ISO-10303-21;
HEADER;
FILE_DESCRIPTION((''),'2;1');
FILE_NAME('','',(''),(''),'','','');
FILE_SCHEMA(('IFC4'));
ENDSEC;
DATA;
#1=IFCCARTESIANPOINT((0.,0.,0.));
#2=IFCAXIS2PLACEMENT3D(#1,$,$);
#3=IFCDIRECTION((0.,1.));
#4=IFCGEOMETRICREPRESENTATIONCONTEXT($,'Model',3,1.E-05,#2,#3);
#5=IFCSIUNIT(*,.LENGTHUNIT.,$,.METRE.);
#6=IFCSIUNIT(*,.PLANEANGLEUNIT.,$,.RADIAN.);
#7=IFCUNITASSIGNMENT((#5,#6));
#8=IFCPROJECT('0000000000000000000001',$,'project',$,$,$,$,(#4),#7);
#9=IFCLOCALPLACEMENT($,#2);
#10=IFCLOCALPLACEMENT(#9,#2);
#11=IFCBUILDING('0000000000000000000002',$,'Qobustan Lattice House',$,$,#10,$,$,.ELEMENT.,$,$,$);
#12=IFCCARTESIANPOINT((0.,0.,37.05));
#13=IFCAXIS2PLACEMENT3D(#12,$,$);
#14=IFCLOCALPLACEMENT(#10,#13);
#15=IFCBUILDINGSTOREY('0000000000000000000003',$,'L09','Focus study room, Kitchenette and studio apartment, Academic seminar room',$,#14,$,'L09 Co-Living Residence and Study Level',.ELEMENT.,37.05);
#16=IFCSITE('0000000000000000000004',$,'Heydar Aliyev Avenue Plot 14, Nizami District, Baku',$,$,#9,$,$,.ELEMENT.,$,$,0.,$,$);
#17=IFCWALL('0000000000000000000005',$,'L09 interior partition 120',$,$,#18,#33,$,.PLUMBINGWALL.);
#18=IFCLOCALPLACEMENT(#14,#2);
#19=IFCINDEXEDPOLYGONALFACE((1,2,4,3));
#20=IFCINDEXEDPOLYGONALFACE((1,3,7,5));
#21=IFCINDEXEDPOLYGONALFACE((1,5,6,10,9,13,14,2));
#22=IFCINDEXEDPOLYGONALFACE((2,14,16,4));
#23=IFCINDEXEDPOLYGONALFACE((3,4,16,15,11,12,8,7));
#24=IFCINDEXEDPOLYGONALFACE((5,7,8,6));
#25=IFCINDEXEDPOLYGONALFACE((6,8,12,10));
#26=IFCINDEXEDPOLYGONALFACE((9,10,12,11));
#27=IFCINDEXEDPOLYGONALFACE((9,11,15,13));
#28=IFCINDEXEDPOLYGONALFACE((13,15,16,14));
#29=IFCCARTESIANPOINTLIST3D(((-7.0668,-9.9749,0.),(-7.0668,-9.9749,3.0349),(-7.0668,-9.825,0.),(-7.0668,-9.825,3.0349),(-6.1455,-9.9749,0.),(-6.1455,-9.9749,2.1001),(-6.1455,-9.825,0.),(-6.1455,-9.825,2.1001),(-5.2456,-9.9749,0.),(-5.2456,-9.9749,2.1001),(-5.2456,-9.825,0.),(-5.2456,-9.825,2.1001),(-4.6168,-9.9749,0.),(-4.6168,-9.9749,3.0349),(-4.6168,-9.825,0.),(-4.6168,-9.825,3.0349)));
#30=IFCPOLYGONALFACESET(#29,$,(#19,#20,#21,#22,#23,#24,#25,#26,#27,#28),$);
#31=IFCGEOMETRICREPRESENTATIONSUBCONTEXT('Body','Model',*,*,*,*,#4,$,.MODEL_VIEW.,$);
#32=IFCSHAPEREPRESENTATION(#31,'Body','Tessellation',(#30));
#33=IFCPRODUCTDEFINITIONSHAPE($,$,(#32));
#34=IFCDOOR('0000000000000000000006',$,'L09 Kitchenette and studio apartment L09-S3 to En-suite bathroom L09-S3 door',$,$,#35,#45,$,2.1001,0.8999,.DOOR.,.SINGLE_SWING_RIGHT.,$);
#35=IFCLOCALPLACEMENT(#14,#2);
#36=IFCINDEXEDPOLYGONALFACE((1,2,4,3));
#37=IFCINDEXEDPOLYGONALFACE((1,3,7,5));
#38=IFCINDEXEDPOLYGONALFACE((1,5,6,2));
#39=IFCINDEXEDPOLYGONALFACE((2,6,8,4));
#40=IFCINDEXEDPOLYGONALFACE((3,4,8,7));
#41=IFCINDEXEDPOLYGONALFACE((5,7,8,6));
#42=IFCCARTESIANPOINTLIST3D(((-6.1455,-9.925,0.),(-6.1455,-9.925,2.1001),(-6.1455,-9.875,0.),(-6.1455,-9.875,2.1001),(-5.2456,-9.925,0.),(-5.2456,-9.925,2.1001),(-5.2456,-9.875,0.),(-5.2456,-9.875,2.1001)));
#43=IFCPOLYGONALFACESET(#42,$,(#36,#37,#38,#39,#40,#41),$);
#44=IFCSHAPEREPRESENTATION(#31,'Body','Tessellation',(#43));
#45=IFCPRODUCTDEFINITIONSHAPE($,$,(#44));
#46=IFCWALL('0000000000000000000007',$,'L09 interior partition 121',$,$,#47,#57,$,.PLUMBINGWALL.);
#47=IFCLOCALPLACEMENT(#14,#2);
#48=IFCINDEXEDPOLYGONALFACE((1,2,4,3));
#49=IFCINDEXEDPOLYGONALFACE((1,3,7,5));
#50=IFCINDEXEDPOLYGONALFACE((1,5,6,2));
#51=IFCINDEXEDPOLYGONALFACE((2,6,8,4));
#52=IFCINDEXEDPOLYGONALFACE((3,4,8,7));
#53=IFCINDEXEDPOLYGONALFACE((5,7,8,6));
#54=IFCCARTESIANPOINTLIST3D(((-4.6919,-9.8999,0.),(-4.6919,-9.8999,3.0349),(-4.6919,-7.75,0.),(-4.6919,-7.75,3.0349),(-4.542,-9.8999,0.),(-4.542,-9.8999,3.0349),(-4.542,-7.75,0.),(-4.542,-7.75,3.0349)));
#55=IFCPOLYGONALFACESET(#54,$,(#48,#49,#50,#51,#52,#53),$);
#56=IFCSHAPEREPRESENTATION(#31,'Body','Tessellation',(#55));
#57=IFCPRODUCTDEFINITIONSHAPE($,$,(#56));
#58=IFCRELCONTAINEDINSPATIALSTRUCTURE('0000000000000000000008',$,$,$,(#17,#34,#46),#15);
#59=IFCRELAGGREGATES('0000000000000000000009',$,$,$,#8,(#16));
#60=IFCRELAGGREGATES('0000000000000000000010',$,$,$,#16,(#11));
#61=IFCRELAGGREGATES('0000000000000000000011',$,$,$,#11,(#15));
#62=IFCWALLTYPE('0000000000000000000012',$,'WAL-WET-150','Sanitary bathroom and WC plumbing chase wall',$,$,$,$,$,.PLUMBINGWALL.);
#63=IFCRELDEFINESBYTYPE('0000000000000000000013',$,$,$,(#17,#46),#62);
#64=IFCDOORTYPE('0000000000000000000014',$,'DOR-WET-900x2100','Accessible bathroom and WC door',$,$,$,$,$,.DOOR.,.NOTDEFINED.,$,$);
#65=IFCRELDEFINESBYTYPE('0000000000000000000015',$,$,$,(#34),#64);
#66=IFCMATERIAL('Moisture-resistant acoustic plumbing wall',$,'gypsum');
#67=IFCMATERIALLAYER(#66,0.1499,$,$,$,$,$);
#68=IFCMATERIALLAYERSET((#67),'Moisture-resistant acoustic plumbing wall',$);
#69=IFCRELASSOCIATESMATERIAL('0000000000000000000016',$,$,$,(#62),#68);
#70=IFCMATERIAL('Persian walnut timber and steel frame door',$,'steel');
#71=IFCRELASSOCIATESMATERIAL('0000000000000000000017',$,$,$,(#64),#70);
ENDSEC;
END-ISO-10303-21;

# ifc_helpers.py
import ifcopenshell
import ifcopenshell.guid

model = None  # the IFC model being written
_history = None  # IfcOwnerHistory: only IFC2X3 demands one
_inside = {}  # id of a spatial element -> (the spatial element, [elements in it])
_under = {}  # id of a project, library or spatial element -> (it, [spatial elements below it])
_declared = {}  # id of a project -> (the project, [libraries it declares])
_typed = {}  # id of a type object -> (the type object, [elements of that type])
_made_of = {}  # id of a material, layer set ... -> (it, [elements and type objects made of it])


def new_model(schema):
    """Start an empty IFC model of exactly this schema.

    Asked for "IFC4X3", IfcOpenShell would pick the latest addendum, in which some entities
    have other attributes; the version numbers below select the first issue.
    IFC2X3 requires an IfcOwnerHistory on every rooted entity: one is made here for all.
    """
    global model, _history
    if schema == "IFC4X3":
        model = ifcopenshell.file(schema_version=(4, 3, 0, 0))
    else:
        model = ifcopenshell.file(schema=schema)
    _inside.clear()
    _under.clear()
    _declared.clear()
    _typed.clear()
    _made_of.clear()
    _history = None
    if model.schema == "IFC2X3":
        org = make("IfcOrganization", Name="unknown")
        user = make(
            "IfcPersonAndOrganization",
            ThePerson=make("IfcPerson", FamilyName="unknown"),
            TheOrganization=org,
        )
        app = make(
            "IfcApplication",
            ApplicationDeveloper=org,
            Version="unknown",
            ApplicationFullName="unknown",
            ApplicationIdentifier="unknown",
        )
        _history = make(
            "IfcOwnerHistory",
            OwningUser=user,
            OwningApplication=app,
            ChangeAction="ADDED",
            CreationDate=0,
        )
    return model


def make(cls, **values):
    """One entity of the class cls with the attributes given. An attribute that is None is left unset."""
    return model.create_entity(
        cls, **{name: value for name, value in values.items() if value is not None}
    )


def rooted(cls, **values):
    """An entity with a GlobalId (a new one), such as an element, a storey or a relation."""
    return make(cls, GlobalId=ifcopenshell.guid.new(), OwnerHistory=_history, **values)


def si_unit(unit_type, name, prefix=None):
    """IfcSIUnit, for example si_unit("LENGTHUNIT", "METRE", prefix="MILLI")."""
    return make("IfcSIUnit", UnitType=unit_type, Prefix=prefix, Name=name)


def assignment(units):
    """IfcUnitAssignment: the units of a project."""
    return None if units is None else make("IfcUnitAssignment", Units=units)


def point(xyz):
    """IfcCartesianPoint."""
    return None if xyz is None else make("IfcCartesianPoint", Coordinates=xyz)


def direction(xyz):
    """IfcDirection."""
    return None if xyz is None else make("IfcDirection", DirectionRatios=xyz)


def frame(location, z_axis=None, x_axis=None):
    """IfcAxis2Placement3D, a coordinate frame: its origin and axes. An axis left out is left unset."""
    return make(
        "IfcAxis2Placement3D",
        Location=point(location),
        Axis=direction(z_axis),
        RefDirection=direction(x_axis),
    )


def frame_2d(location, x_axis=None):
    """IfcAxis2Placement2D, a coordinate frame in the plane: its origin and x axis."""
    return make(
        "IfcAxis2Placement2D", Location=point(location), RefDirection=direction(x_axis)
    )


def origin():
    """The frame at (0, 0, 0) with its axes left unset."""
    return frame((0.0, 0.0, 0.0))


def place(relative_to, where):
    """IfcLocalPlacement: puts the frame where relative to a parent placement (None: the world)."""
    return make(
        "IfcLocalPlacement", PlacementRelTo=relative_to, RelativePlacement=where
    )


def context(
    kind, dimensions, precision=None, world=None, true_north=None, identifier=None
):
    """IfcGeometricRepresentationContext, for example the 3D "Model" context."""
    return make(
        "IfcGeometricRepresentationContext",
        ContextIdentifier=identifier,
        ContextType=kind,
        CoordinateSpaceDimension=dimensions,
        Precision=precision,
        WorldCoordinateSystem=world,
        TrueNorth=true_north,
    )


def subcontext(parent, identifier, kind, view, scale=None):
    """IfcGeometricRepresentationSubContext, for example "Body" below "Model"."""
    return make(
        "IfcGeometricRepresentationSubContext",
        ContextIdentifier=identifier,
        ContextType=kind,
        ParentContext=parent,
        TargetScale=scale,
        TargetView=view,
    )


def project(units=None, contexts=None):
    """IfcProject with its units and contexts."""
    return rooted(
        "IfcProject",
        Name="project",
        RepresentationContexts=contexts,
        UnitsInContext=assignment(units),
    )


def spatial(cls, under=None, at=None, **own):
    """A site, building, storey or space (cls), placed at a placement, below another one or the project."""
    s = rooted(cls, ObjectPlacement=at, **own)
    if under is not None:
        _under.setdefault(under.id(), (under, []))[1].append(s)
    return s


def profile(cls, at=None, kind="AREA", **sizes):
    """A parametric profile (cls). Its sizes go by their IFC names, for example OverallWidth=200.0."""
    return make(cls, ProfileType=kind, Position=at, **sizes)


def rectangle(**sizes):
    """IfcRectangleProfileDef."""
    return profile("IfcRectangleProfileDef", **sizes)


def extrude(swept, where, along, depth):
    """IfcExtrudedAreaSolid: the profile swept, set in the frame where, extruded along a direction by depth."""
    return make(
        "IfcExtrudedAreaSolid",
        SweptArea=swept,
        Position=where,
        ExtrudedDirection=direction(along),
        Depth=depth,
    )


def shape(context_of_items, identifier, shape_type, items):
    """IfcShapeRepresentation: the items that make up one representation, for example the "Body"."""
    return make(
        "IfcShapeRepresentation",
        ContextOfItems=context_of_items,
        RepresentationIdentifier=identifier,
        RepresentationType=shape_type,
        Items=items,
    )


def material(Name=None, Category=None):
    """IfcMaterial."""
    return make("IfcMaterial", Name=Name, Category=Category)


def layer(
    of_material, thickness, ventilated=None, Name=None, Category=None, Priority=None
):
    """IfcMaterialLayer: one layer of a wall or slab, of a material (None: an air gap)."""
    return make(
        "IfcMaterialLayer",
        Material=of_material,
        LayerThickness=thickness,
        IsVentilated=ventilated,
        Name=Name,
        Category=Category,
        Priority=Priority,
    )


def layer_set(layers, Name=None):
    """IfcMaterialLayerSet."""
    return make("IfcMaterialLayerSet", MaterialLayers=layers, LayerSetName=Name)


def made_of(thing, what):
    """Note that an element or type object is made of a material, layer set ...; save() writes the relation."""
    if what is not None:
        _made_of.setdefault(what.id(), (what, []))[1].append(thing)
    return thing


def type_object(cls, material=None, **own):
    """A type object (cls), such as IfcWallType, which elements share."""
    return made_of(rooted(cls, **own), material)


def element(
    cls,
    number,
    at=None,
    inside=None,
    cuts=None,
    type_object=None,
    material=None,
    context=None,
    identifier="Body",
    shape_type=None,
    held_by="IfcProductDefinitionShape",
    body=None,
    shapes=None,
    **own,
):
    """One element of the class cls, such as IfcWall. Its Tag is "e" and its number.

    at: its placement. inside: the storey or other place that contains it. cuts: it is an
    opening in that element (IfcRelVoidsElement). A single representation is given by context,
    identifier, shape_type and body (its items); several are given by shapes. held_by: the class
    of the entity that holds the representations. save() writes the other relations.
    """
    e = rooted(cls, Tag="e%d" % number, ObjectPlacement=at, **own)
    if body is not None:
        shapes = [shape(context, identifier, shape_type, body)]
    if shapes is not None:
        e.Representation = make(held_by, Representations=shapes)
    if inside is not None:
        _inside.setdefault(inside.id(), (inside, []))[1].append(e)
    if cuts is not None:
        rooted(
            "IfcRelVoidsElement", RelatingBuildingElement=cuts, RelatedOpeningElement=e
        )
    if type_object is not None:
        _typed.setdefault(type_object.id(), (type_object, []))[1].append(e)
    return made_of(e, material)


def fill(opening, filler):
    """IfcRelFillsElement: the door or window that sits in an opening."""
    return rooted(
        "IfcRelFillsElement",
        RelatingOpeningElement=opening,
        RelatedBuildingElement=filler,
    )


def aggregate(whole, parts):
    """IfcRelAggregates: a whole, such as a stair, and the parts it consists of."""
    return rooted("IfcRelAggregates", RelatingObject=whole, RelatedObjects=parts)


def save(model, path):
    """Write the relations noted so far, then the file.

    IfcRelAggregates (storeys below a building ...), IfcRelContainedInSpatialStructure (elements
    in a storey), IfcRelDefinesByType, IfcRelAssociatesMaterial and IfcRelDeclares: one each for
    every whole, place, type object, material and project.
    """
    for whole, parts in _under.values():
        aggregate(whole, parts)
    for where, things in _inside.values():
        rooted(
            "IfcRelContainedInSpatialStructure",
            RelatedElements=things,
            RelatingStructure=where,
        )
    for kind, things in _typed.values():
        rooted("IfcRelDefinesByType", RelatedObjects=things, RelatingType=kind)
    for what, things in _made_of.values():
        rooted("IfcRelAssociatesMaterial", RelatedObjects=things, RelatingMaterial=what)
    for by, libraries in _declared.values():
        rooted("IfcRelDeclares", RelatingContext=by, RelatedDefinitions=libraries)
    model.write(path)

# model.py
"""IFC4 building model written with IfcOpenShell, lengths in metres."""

from ifc_helpers import new_model, si_unit, direction, frame, frame_2d, origin, place, context, subcontext, project, spatial, rectangle, extrude, material, layer, layer_set, type_object, element, fill, save


model = new_model("IFC4")

# Units and contexts
model_context = context("Model", 3, precision=1e-05, world=origin(), true_north=direction((0.0, 1.0)))
body_context = subcontext(model_context, "Body", "Model", "MODEL_VIEW")
ifc_project = project(units=[si_unit("LENGTHUNIT", "METRE"), si_unit("PLANEANGLEUNIT", "RADIAN")], contexts=[model_context])

# Site, building, storey
site_placement = place(None, origin())
site = spatial("IfcSite", under=ifc_project, at=site_placement, Name="Heydar Aliyev Avenue Plot 14, Nizami District, Baku", CompositionType="ELEMENT", RefElevation=0.0)
building_placement = place(site_placement, origin())
building = spatial("IfcBuilding", under=site, at=building_placement, Name="Qobustan Lattice House", CompositionType="ELEMENT")
storey_placement = place(building_placement, frame((0.0, 0.0, 37.05)))
storey = spatial("IfcBuildingStorey", under=building, at=storey_placement, Name="L09", Description="Focus study room, Kitchenette and studio apartment, Academic seminar room", LongName="L09 Co-Living Residence and Study Level", CompositionType="ELEMENT", Elevation=37.05)

# Shared definitions
ifc_material_1 = material(Name="Moisture-resistant acoustic plumbing wall", Category="gypsum")
ifc_layer_1 = layer(ifc_material_1, 0.1499)
ifc_layer_set_1 = layer_set([ifc_layer_1], Name="Moisture-resistant acoustic plumbing wall")
wall_type_1 = type_object("IfcWallType", Name="WAL-WET-150", Description="Sanitary bathroom and WC plumbing chase wall", PredefinedType="PLUMBINGWALL", material=ifc_layer_set_1)

# Shared definitions
ifc_material_2 = material(Name="Persian walnut timber and steel frame door", Category="steel")
door_type_1 = type_object("IfcDoorType", Name="DOR-WET-900x2100", Description="Accessible bathroom and WC door", OperationType="NOTDEFINED", PredefinedType="DOOR", material=ifc_material_2)

# Wall, opening, door
wall_1_placement = place(storey_placement, frame((-7.0669, -9.8999, 0.0), z_axis=(0.0, 0.0, 1.0), x_axis=(1.0, 0.0, 0.0)))
wall_1 = element("IfcWall", 1, at=wall_1_placement, inside=storey, type_object=wall_type_1, Name="L09 interior partition 120", PredefinedType="PLUMBINGWALL", context=body_context, shape_type="SweptSolid", body=[
    extrude(rectangle(XDim=2.45, YDim=0.1499, at=frame_2d((1.2251, 0.0))), origin(), (0.0, 0.0, 1.0), 3.0349),
])
opening_1_placement = place(wall_1_placement, frame((0.9214, 0.0, 0.0)))
opening_1 = element("IfcOpeningElement", 2, at=opening_1_placement, cuts=wall_1, PredefinedType="OPENING", context=body_context, shape_type="SweptSolid", body=[
    extrude(rectangle(XDim=0.8999, YDim=2.1001, at=frame_2d((0.45, 1.05))), frame((0.0, 0.085, 0.0), z_axis=(0.0, -1.0, 0.0), x_axis=(1.0, 0.0, 0.0)), (0.0, 0.0, 1.0), 0.1699),
])
door_1_placement = place(opening_1_placement, origin())
door_1 = element("IfcDoor", 3, at=door_1_placement, inside=storey, type_object=door_type_1, Name="L09 Kitchenette and studio apartment L09-S3 to En-suite bathroom L09-S3 door", OperationType="SINGLE_SWING_RIGHT", OverallHeight=2.1001, OverallWidth=0.8999, PredefinedType="DOOR", context=body_context, shape_type="SweptSolid", body=[
    extrude(rectangle(XDim=0.8999, YDim=2.1001, at=frame_2d((0.45, 1.05))), frame((0.0, 0.0249, 0.0), z_axis=(0.0, -1.0, 0.0), x_axis=(1.0, 0.0, 0.0)), (0.0, 0.0, 1.0), 0.05),
])
fill(opening_1, door_1)

# Wall
wall_2_placement = place(storey_placement, frame((-4.6169, -9.8999, 0.0), z_axis=(0.0, 0.0, 1.0), x_axis=(0.0, 1.0, 0.0)))
element("IfcWall", 4, at=wall_2_placement, inside=storey, type_object=wall_type_1, Name="L09 interior partition 121", PredefinedType="PLUMBINGWALL", context=body_context, shape_type="SweptSolid", body=[
    extrude(rectangle(XDim=2.1499, YDim=0.1499, at=frame_2d((1.075, 0.0))), origin(), (0.0, 0.0, 1.0), 3.0349),
])

save(model, "model.ifc")
